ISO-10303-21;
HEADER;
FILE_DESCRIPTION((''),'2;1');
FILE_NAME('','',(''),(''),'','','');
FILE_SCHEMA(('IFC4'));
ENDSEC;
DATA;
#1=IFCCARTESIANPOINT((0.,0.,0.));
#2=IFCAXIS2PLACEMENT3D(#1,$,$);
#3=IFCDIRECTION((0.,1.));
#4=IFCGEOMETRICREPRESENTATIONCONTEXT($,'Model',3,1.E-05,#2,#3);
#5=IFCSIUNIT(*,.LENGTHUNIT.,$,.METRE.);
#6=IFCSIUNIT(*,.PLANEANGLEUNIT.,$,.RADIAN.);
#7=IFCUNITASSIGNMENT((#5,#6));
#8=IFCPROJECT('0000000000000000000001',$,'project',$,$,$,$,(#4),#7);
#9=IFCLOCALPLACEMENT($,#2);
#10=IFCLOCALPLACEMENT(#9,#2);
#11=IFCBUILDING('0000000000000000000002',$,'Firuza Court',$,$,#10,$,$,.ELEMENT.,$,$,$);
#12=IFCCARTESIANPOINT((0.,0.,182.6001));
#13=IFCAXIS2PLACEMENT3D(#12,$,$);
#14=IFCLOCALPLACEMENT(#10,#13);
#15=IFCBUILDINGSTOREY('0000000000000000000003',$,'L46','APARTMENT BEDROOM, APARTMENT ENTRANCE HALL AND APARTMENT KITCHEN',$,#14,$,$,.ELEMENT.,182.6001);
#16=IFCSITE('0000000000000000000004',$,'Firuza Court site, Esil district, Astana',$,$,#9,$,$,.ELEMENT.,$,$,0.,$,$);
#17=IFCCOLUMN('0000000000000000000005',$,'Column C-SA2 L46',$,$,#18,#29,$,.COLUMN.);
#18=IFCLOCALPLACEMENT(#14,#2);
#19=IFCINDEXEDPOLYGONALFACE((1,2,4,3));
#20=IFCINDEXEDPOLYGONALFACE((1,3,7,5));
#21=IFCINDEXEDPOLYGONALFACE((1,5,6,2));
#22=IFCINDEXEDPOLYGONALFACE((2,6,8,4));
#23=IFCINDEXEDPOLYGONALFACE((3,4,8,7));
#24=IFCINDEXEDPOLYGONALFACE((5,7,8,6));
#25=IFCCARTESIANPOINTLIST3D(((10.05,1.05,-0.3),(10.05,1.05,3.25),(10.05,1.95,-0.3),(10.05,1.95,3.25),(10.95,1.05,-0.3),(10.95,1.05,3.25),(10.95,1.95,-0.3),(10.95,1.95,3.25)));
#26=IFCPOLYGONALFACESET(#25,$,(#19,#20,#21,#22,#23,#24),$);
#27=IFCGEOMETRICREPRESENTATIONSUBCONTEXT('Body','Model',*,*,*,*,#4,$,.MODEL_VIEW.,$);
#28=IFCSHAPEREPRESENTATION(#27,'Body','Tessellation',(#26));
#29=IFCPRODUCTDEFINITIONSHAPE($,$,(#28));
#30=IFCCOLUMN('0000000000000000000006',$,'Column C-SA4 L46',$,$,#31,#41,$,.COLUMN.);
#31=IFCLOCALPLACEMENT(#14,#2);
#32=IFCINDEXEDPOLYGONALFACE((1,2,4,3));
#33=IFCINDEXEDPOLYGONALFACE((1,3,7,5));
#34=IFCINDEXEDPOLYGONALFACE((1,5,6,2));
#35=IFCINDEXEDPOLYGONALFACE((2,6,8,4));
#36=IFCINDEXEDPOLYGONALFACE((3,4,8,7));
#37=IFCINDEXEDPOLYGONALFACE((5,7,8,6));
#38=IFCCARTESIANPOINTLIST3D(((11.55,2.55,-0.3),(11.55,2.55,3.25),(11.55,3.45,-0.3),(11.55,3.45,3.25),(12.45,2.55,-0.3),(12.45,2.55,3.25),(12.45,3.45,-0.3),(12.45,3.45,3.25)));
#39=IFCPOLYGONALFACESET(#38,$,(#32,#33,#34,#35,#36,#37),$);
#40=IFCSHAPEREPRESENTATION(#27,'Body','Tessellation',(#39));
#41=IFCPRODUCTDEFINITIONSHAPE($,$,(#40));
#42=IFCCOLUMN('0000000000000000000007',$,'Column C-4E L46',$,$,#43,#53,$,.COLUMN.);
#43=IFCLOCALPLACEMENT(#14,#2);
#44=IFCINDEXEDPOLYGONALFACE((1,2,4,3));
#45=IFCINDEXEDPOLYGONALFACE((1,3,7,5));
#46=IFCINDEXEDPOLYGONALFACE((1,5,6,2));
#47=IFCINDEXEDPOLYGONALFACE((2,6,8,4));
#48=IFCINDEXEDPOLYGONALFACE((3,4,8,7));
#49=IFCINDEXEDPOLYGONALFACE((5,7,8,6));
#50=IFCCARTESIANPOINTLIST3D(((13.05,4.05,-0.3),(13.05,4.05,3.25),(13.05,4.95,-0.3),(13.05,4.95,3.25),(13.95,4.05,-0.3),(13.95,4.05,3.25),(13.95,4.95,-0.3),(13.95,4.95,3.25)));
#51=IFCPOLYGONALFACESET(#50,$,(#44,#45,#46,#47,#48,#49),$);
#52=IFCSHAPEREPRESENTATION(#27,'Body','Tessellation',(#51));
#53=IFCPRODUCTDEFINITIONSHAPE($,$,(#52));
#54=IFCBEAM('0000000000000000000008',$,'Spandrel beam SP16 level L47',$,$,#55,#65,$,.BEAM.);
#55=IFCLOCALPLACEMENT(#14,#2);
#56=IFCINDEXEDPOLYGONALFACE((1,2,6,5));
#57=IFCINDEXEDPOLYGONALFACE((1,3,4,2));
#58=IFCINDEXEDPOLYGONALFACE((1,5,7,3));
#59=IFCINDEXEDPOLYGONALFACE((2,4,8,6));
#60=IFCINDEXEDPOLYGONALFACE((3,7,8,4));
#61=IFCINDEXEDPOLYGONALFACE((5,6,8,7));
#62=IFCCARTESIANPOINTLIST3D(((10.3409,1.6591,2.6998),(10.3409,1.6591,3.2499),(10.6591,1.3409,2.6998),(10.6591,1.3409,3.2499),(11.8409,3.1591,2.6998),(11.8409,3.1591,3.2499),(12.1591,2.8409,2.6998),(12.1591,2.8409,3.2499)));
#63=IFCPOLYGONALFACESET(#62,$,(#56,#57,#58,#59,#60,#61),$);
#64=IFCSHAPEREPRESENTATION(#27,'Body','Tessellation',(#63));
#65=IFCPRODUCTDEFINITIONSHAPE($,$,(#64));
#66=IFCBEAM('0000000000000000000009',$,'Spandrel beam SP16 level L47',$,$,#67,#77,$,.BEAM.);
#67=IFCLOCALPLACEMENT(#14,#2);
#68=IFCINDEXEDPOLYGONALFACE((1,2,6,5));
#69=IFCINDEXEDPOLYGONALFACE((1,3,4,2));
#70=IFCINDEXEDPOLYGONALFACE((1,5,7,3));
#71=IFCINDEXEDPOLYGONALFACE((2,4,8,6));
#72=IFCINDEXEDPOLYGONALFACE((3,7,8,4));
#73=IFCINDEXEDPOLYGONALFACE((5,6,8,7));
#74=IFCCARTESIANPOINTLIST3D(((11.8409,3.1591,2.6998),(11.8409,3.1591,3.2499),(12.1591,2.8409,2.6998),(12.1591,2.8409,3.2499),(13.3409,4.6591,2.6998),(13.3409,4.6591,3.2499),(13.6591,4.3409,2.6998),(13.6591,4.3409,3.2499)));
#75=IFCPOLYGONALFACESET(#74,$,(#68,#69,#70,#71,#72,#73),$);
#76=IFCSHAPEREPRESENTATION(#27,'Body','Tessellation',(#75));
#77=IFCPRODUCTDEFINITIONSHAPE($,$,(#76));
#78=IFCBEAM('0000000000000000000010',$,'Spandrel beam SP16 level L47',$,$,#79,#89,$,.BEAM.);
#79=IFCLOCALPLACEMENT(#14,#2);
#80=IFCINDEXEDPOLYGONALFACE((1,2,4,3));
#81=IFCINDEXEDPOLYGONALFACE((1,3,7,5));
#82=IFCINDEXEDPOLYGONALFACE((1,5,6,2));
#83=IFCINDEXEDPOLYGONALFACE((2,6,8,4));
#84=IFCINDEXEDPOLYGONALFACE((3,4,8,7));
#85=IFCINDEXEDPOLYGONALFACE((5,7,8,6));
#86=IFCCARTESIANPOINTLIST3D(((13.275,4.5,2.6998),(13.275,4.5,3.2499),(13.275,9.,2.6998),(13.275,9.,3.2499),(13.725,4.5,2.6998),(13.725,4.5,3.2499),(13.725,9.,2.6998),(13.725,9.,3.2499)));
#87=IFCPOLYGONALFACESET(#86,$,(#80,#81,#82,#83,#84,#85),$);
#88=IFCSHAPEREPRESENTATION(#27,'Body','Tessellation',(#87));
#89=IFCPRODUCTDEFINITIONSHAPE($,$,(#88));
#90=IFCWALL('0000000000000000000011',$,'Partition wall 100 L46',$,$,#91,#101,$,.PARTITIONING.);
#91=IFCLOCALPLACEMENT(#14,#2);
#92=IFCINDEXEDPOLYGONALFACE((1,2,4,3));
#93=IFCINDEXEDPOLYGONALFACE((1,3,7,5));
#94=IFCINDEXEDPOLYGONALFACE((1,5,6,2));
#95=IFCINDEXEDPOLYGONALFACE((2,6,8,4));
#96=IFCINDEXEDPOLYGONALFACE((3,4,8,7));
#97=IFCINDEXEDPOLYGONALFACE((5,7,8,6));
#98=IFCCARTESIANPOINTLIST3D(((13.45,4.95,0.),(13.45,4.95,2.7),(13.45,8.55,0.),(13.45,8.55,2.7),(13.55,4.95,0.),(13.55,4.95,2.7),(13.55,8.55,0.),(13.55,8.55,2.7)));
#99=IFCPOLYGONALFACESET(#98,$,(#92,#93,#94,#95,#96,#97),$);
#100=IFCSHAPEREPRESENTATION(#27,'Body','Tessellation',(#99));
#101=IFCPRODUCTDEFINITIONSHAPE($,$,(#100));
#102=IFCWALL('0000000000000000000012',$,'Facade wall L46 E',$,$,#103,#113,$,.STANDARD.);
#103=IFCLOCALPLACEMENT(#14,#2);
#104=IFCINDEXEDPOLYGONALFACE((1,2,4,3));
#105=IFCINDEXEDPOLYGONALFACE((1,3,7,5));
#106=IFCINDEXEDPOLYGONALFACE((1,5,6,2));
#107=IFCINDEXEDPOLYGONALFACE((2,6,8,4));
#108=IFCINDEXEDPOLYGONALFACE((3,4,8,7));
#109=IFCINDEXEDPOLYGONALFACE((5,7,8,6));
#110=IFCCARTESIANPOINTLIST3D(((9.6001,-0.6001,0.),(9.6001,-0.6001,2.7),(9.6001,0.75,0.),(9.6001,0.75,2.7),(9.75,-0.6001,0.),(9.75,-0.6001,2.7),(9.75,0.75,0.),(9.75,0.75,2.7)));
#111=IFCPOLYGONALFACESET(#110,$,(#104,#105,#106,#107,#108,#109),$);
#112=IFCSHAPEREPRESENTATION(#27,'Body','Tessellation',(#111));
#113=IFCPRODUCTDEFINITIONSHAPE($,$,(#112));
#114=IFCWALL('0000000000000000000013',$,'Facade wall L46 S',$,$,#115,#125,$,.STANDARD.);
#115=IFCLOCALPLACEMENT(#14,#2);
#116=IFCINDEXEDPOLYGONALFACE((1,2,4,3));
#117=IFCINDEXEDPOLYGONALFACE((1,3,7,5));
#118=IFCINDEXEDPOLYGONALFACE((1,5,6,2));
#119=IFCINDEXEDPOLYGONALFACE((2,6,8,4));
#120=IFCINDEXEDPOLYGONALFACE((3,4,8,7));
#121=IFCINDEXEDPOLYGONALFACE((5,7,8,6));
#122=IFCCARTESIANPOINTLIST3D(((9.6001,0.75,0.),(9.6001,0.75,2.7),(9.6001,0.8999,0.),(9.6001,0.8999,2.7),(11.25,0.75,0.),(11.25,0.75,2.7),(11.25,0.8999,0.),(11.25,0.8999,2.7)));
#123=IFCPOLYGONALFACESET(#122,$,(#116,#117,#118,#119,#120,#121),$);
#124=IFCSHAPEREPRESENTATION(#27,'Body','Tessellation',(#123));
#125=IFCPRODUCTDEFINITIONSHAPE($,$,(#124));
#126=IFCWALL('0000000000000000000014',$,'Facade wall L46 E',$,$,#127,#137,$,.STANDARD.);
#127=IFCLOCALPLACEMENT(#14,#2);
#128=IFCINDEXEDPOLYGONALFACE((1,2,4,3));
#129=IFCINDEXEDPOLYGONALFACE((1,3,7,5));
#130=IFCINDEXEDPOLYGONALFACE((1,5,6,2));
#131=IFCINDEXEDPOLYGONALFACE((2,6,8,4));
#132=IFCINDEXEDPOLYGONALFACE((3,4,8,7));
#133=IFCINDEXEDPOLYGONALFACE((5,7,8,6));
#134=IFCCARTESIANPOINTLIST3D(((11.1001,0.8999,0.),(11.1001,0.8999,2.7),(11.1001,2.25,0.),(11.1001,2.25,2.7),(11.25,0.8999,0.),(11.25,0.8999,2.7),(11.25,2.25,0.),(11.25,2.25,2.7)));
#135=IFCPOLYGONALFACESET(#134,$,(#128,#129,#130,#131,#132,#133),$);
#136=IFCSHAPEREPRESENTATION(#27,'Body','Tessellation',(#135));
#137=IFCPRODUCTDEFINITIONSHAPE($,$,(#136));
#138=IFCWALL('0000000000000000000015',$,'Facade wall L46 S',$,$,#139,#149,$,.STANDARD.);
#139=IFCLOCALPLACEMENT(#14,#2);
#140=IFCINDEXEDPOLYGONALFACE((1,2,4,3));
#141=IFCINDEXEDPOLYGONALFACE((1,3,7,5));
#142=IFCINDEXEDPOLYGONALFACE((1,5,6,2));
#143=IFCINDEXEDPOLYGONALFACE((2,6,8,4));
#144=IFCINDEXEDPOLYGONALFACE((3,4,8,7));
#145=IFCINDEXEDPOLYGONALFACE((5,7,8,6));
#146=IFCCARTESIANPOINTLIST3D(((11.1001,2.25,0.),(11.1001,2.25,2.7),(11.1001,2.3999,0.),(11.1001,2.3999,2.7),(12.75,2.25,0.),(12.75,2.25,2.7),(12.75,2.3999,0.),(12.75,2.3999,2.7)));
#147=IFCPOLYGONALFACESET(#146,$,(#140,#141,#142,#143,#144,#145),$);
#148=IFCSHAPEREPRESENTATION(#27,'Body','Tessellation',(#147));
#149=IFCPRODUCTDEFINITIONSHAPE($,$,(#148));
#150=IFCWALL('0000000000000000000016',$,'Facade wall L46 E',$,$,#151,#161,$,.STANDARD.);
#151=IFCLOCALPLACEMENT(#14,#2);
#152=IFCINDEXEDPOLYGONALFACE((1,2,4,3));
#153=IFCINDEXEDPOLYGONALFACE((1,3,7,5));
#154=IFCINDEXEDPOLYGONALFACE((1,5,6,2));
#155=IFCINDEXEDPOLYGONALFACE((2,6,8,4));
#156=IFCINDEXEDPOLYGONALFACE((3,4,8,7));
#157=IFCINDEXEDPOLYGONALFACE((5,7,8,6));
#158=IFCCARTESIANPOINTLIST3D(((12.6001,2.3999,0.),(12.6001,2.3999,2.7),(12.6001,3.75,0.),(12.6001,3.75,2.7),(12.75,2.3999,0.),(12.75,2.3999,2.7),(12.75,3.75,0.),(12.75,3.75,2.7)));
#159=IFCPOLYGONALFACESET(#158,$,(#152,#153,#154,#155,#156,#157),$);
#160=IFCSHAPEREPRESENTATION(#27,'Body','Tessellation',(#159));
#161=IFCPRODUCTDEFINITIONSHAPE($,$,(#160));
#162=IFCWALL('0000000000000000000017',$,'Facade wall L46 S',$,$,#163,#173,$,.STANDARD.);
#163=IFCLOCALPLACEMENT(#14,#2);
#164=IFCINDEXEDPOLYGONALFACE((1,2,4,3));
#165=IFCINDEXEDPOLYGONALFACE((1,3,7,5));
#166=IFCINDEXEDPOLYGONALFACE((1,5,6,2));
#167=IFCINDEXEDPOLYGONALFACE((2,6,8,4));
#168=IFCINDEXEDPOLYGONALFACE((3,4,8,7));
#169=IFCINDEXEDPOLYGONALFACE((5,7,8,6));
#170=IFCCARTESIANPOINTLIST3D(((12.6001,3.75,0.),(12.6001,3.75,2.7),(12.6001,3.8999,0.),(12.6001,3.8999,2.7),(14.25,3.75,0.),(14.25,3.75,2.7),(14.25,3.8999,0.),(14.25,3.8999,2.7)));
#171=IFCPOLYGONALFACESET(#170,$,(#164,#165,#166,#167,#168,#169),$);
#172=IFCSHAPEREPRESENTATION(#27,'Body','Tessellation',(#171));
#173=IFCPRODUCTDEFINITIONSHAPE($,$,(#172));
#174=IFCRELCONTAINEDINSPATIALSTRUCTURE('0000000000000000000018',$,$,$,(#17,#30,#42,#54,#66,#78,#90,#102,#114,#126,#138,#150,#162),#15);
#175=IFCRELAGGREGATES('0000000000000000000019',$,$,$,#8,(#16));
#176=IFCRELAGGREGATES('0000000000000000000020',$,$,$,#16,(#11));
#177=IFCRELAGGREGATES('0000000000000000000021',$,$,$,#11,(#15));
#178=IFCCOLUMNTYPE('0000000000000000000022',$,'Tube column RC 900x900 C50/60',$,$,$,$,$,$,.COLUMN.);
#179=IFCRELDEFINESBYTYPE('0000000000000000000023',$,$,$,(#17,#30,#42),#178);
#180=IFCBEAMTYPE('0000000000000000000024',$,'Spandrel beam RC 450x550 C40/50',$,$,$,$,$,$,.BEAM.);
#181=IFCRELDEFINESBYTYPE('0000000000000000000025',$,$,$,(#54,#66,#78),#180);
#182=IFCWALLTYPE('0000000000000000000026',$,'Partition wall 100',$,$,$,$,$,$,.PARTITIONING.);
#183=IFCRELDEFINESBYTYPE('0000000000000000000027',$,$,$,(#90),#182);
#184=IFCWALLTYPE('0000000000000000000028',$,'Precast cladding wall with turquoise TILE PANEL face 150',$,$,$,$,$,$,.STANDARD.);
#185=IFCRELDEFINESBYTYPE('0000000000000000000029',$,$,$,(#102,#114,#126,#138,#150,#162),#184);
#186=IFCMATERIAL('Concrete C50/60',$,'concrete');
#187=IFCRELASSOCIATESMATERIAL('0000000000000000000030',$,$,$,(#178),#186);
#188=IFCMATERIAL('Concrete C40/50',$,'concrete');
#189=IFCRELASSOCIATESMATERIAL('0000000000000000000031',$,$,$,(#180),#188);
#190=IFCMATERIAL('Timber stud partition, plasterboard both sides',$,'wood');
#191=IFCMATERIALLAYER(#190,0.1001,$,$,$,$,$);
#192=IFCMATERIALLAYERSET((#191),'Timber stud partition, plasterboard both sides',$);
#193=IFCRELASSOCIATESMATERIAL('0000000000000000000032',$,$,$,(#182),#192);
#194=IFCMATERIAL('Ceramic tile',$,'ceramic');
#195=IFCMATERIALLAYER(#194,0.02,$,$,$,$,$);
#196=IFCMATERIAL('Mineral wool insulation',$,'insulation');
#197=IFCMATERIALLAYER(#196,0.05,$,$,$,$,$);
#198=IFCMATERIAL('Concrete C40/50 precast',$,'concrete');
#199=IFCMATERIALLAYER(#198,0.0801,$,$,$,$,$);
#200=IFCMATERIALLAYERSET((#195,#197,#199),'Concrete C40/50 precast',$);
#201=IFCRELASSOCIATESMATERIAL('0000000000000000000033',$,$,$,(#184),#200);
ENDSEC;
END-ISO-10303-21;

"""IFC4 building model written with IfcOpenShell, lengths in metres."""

from ifc_helpers import new_model, si_unit, direction, frame, frame_2d, origin, origin_2d, place, context, subcontext, project, spatial, rectangle, extrude, material, layer, layer_set, material_profile, profile_set, type_object, element, save


model = new_model("IFC4")

# Units and contexts
model_context = context("Model", 3, precision=1e-05, world=origin(), true_north=direction((0.0, 1.0)))
body_context = subcontext(model_context, "Body", "Model", "MODEL_VIEW")
ifc_project = project(units=[si_unit("LENGTHUNIT", "METRE"), si_unit("PLANEANGLEUNIT", "RADIAN")], contexts=[model_context])

# Site, building, storey
site_placement = place(None, origin())
site = spatial("IfcSite", under=ifc_project, at=site_placement, Name="Firuza Court site, Esil district, Astana", CompositionType="ELEMENT", RefElevation=0.0)
building_placement = place(site_placement, origin())
building = spatial("IfcBuilding", under=site, at=building_placement, Name="Firuza Court", CompositionType="ELEMENT")
storey_placement = place(building_placement, frame((0.0, 0.0, 182.6001)))
storey = spatial("IfcBuildingStorey", under=building, at=storey_placement, Name="L46", Description="APARTMENT BEDROOM, APARTMENT ENTRANCE HALL AND APARTMENT KITCHEN", CompositionType="ELEMENT", Elevation=182.6001)

# Columns
ifc_material_1 = material(Name="Concrete C50/60", Category="concrete")
ifc_material_profile_1 = material_profile(ifc_material_1, rectangle(XDim=0.8999, YDim=0.8999, at=origin_2d()), Name="RC 900x900")
ifc_profile_set_1 = profile_set([ifc_material_profile_1], Name="Concrete C50/60")
column_type = type_object("IfcColumnType", Name="Tube column RC 900x900 C50/60", PredefinedType="COLUMN", material=ifc_profile_set_1)
for number, where, z_axis, x_axis, name in (
    (1, (10.5, 1.5, -0.3), (0.0, 0.0, 1.0), (1.0, 0.0, 0.0), "Column C-SA2 L46"),
    (2, (12.0, 3.0, -0.3), (0.0, 0.0, 1.0), (1.0, 0.0, 0.0), "Column C-SA4 L46"),
    (3, (13.5, 4.5, -0.3), (0.0, 0.0, 1.0), (1.0, 0.0, 0.0), "Column C-4E L46"),
):
    element("IfcColumn", number, at=place(storey_placement, frame(where, z_axis=z_axis, x_axis=x_axis)), inside=storey, type_object=column_type, Name=name, PredefinedType="COLUMN", context=body_context, shape_type="SweptSolid", body=[
        extrude(rectangle(XDim=0.8999, YDim=0.8999, at=origin_2d()), origin(), (0.0, 0.0, 1.0), 3.55),
    ])

# Beams
ifc_material_2 = material(Name="Concrete C40/50", Category="concrete")
ifc_material_profile_2 = material_profile(ifc_material_2, rectangle(XDim=0.45, YDim=0.55, at=origin_2d()), Name="RC 450x550")
ifc_profile_set_2 = profile_set([ifc_material_profile_2], Name="Concrete C40/50")
beam_type = type_object("IfcBeamType", Name="Spandrel beam RC 450x550 C40/50", PredefinedType="BEAM", material=ifc_profile_set_2)
for number, where, z_axis, x_axis, name in (
    (4, (10.5, 1.5, 2.9749), (0.707107, 0.707107, 0.0), (-0.707107, 0.707107, 0.0), "Spandrel beam SP16 level L47"),
    (5, (12.0, 3.0, 2.9749), (0.707107, 0.707107, 0.0), (-0.707107, 0.707107, 0.0), "Spandrel beam SP16 level L47"),
):
    element("IfcBeam", number, at=place(storey_placement, frame(where, z_axis=z_axis, x_axis=x_axis)), inside=storey, type_object=beam_type, Name=name, PredefinedType="BEAM", context=body_context, shape_type="SweptSolid", body=[
        extrude(rectangle(XDim=0.45, YDim=0.55, at=origin_2d()), origin(), (0.0, 0.0, 1.0), 2.1213),
    ])
beam_placement = place(storey_placement, frame((13.5, 4.5, 2.9749), z_axis=(0.0, 1.0, 0.0), x_axis=(-1.0, 0.0, 0.0)))
element("IfcBeam", 6, at=beam_placement, inside=storey, type_object=beam_type, Name="Spandrel beam SP16 level L47", PredefinedType="BEAM", context=body_context, shape_type="SweptSolid", body=[
    extrude(rectangle(XDim=0.45, YDim=0.55, at=origin_2d()), origin(), (0.0, 0.0, 1.0), 4.5),
])

# Walls
ifc_material_3 = material(Name="Timber stud partition, plasterboard both sides", Category="wood")
ifc_layer_1 = layer(ifc_material_3, 0.1001)
ifc_layer_set_1 = layer_set([ifc_layer_1], Name="Timber stud partition, plasterboard both sides")
wall_type_1 = type_object("IfcWallType", Name="Partition wall 100", PredefinedType="PARTITIONING", material=ifc_layer_set_1)
wall_1_placement = place(storey_placement, frame((13.5, 4.95, 0.0), z_axis=(0.0, 0.0, 1.0), x_axis=(0.0, 1.0, 0.0)))
element("IfcWall", 7, at=wall_1_placement, inside=storey, type_object=wall_type_1, Name="Partition wall 100 L46", PredefinedType="PARTITIONING", context=body_context, shape_type="SweptSolid", body=[
    extrude(rectangle(XDim=3.6001, YDim=0.1001, at=frame_2d((1.8, 0.0))), origin(), (0.0, 0.0, 1.0), 2.7),
])
ifc_material_4 = material(Name="Ceramic tile", Category="ceramic")
ifc_layer_2 = layer(ifc_material_4, 0.02)
ifc_material_5 = material(Name="Mineral wool insulation", Category="insulation")
ifc_layer_3 = layer(ifc_material_5, 0.05)
ifc_material_6 = material(Name="Concrete C40/50 precast", Category="concrete")
ifc_layer_4 = layer(ifc_material_6, 0.0801)
ifc_layer_set_2 = layer_set([ifc_layer_2, ifc_layer_3, ifc_layer_4], Name="Concrete C40/50 precast")
wall_type_2 = type_object("IfcWallType", Name="Precast cladding wall with turquoise TILE PANEL face 150", PredefinedType="STANDARD", material=ifc_layer_set_2)
wall_2_placement = place(storey_placement, frame((9.675, -0.6001, 0.0), z_axis=(0.0, 0.0, 1.0), x_axis=(0.0, 1.0, 0.0)))
element("IfcWall", 8, at=wall_2_placement, inside=storey, type_object=wall_type_2, Name="Facade wall L46 E", PredefinedType="STANDARD", context=body_context, shape_type="SweptSolid", body=[
    extrude(rectangle(XDim=1.3501, YDim=0.1499, at=frame_2d((0.675, 0.0))), origin(), (0.0, 0.0, 1.0), 2.7),
])
wall_3_placement = place(storey_placement, frame((9.6001, 0.825, 0.0), z_axis=(0.0, 0.0, 1.0), x_axis=(1.0, 0.0, 0.0)))
element("IfcWall", 9, at=wall_3_placement, inside=storey, type_object=wall_type_2, Name="Facade wall L46 S", PredefinedType="STANDARD", context=body_context, shape_type="SweptSolid", body=[
    extrude(rectangle(XDim=1.6499, YDim=0.1499, at=frame_2d((0.825, 0.0))), origin(), (0.0, 0.0, 1.0), 2.7),
])
wall_4_placement = place(storey_placement, frame((11.175, 0.8999, 0.0), z_axis=(0.0, 0.0, 1.0), x_axis=(0.0, 1.0, 0.0)))
element("IfcWall", 10, at=wall_4_placement, inside=storey, type_object=wall_type_2, Name="Facade wall L46 E", PredefinedType="STANDARD", context=body_context, shape_type="SweptSolid", body=[
    extrude(rectangle(XDim=1.3501, YDim=0.1499, at=frame_2d((0.675, 0.0))), origin(), (0.0, 0.0, 1.0), 2.7),
])
wall_5_placement = place(storey_placement, frame((11.1001, 2.325, 0.0), z_axis=(0.0, 0.0, 1.0), x_axis=(1.0, 0.0, 0.0)))
element("IfcWall", 11, at=wall_5_placement, inside=storey, type_object=wall_type_2, Name="Facade wall L46 S", PredefinedType="STANDARD", context=body_context, shape_type="SweptSolid", body=[
    extrude(rectangle(XDim=1.6499, YDim=0.1499, at=frame_2d((0.825, 0.0))), origin(), (0.0, 0.0, 1.0), 2.7),
])
wall_6_placement = place(storey_placement, frame((12.675, 2.3999, 0.0), z_axis=(0.0, 0.0, 1.0), x_axis=(0.0, 1.0, 0.0)))
element("IfcWall", 12, at=wall_6_placement, inside=storey, type_object=wall_type_2, Name="Facade wall L46 E", PredefinedType="STANDARD", context=body_context, shape_type="SweptSolid", body=[
    extrude(rectangle(XDim=1.3501, YDim=0.1499, at=frame_2d((0.675, 0.0))), origin(), (0.0, 0.0, 1.0), 2.7),
])
wall_7_placement = place(storey_placement, frame((12.6001, 3.825, 0.0), z_axis=(0.0, 0.0, 1.0), x_axis=(1.0, 0.0, 0.0)))
element("IfcWall", 13, at=wall_7_placement, inside=storey, type_object=wall_type_2, Name="Facade wall L46 S", PredefinedType="STANDARD", context=body_context, shape_type="SweptSolid", body=[
    extrude(rectangle(XDim=1.6499, YDim=0.1499, at=frame_2d((0.825, 0.0))), origin(), (0.0, 0.0, 1.0), 2.7),
])

save(model, "model.ifc")
